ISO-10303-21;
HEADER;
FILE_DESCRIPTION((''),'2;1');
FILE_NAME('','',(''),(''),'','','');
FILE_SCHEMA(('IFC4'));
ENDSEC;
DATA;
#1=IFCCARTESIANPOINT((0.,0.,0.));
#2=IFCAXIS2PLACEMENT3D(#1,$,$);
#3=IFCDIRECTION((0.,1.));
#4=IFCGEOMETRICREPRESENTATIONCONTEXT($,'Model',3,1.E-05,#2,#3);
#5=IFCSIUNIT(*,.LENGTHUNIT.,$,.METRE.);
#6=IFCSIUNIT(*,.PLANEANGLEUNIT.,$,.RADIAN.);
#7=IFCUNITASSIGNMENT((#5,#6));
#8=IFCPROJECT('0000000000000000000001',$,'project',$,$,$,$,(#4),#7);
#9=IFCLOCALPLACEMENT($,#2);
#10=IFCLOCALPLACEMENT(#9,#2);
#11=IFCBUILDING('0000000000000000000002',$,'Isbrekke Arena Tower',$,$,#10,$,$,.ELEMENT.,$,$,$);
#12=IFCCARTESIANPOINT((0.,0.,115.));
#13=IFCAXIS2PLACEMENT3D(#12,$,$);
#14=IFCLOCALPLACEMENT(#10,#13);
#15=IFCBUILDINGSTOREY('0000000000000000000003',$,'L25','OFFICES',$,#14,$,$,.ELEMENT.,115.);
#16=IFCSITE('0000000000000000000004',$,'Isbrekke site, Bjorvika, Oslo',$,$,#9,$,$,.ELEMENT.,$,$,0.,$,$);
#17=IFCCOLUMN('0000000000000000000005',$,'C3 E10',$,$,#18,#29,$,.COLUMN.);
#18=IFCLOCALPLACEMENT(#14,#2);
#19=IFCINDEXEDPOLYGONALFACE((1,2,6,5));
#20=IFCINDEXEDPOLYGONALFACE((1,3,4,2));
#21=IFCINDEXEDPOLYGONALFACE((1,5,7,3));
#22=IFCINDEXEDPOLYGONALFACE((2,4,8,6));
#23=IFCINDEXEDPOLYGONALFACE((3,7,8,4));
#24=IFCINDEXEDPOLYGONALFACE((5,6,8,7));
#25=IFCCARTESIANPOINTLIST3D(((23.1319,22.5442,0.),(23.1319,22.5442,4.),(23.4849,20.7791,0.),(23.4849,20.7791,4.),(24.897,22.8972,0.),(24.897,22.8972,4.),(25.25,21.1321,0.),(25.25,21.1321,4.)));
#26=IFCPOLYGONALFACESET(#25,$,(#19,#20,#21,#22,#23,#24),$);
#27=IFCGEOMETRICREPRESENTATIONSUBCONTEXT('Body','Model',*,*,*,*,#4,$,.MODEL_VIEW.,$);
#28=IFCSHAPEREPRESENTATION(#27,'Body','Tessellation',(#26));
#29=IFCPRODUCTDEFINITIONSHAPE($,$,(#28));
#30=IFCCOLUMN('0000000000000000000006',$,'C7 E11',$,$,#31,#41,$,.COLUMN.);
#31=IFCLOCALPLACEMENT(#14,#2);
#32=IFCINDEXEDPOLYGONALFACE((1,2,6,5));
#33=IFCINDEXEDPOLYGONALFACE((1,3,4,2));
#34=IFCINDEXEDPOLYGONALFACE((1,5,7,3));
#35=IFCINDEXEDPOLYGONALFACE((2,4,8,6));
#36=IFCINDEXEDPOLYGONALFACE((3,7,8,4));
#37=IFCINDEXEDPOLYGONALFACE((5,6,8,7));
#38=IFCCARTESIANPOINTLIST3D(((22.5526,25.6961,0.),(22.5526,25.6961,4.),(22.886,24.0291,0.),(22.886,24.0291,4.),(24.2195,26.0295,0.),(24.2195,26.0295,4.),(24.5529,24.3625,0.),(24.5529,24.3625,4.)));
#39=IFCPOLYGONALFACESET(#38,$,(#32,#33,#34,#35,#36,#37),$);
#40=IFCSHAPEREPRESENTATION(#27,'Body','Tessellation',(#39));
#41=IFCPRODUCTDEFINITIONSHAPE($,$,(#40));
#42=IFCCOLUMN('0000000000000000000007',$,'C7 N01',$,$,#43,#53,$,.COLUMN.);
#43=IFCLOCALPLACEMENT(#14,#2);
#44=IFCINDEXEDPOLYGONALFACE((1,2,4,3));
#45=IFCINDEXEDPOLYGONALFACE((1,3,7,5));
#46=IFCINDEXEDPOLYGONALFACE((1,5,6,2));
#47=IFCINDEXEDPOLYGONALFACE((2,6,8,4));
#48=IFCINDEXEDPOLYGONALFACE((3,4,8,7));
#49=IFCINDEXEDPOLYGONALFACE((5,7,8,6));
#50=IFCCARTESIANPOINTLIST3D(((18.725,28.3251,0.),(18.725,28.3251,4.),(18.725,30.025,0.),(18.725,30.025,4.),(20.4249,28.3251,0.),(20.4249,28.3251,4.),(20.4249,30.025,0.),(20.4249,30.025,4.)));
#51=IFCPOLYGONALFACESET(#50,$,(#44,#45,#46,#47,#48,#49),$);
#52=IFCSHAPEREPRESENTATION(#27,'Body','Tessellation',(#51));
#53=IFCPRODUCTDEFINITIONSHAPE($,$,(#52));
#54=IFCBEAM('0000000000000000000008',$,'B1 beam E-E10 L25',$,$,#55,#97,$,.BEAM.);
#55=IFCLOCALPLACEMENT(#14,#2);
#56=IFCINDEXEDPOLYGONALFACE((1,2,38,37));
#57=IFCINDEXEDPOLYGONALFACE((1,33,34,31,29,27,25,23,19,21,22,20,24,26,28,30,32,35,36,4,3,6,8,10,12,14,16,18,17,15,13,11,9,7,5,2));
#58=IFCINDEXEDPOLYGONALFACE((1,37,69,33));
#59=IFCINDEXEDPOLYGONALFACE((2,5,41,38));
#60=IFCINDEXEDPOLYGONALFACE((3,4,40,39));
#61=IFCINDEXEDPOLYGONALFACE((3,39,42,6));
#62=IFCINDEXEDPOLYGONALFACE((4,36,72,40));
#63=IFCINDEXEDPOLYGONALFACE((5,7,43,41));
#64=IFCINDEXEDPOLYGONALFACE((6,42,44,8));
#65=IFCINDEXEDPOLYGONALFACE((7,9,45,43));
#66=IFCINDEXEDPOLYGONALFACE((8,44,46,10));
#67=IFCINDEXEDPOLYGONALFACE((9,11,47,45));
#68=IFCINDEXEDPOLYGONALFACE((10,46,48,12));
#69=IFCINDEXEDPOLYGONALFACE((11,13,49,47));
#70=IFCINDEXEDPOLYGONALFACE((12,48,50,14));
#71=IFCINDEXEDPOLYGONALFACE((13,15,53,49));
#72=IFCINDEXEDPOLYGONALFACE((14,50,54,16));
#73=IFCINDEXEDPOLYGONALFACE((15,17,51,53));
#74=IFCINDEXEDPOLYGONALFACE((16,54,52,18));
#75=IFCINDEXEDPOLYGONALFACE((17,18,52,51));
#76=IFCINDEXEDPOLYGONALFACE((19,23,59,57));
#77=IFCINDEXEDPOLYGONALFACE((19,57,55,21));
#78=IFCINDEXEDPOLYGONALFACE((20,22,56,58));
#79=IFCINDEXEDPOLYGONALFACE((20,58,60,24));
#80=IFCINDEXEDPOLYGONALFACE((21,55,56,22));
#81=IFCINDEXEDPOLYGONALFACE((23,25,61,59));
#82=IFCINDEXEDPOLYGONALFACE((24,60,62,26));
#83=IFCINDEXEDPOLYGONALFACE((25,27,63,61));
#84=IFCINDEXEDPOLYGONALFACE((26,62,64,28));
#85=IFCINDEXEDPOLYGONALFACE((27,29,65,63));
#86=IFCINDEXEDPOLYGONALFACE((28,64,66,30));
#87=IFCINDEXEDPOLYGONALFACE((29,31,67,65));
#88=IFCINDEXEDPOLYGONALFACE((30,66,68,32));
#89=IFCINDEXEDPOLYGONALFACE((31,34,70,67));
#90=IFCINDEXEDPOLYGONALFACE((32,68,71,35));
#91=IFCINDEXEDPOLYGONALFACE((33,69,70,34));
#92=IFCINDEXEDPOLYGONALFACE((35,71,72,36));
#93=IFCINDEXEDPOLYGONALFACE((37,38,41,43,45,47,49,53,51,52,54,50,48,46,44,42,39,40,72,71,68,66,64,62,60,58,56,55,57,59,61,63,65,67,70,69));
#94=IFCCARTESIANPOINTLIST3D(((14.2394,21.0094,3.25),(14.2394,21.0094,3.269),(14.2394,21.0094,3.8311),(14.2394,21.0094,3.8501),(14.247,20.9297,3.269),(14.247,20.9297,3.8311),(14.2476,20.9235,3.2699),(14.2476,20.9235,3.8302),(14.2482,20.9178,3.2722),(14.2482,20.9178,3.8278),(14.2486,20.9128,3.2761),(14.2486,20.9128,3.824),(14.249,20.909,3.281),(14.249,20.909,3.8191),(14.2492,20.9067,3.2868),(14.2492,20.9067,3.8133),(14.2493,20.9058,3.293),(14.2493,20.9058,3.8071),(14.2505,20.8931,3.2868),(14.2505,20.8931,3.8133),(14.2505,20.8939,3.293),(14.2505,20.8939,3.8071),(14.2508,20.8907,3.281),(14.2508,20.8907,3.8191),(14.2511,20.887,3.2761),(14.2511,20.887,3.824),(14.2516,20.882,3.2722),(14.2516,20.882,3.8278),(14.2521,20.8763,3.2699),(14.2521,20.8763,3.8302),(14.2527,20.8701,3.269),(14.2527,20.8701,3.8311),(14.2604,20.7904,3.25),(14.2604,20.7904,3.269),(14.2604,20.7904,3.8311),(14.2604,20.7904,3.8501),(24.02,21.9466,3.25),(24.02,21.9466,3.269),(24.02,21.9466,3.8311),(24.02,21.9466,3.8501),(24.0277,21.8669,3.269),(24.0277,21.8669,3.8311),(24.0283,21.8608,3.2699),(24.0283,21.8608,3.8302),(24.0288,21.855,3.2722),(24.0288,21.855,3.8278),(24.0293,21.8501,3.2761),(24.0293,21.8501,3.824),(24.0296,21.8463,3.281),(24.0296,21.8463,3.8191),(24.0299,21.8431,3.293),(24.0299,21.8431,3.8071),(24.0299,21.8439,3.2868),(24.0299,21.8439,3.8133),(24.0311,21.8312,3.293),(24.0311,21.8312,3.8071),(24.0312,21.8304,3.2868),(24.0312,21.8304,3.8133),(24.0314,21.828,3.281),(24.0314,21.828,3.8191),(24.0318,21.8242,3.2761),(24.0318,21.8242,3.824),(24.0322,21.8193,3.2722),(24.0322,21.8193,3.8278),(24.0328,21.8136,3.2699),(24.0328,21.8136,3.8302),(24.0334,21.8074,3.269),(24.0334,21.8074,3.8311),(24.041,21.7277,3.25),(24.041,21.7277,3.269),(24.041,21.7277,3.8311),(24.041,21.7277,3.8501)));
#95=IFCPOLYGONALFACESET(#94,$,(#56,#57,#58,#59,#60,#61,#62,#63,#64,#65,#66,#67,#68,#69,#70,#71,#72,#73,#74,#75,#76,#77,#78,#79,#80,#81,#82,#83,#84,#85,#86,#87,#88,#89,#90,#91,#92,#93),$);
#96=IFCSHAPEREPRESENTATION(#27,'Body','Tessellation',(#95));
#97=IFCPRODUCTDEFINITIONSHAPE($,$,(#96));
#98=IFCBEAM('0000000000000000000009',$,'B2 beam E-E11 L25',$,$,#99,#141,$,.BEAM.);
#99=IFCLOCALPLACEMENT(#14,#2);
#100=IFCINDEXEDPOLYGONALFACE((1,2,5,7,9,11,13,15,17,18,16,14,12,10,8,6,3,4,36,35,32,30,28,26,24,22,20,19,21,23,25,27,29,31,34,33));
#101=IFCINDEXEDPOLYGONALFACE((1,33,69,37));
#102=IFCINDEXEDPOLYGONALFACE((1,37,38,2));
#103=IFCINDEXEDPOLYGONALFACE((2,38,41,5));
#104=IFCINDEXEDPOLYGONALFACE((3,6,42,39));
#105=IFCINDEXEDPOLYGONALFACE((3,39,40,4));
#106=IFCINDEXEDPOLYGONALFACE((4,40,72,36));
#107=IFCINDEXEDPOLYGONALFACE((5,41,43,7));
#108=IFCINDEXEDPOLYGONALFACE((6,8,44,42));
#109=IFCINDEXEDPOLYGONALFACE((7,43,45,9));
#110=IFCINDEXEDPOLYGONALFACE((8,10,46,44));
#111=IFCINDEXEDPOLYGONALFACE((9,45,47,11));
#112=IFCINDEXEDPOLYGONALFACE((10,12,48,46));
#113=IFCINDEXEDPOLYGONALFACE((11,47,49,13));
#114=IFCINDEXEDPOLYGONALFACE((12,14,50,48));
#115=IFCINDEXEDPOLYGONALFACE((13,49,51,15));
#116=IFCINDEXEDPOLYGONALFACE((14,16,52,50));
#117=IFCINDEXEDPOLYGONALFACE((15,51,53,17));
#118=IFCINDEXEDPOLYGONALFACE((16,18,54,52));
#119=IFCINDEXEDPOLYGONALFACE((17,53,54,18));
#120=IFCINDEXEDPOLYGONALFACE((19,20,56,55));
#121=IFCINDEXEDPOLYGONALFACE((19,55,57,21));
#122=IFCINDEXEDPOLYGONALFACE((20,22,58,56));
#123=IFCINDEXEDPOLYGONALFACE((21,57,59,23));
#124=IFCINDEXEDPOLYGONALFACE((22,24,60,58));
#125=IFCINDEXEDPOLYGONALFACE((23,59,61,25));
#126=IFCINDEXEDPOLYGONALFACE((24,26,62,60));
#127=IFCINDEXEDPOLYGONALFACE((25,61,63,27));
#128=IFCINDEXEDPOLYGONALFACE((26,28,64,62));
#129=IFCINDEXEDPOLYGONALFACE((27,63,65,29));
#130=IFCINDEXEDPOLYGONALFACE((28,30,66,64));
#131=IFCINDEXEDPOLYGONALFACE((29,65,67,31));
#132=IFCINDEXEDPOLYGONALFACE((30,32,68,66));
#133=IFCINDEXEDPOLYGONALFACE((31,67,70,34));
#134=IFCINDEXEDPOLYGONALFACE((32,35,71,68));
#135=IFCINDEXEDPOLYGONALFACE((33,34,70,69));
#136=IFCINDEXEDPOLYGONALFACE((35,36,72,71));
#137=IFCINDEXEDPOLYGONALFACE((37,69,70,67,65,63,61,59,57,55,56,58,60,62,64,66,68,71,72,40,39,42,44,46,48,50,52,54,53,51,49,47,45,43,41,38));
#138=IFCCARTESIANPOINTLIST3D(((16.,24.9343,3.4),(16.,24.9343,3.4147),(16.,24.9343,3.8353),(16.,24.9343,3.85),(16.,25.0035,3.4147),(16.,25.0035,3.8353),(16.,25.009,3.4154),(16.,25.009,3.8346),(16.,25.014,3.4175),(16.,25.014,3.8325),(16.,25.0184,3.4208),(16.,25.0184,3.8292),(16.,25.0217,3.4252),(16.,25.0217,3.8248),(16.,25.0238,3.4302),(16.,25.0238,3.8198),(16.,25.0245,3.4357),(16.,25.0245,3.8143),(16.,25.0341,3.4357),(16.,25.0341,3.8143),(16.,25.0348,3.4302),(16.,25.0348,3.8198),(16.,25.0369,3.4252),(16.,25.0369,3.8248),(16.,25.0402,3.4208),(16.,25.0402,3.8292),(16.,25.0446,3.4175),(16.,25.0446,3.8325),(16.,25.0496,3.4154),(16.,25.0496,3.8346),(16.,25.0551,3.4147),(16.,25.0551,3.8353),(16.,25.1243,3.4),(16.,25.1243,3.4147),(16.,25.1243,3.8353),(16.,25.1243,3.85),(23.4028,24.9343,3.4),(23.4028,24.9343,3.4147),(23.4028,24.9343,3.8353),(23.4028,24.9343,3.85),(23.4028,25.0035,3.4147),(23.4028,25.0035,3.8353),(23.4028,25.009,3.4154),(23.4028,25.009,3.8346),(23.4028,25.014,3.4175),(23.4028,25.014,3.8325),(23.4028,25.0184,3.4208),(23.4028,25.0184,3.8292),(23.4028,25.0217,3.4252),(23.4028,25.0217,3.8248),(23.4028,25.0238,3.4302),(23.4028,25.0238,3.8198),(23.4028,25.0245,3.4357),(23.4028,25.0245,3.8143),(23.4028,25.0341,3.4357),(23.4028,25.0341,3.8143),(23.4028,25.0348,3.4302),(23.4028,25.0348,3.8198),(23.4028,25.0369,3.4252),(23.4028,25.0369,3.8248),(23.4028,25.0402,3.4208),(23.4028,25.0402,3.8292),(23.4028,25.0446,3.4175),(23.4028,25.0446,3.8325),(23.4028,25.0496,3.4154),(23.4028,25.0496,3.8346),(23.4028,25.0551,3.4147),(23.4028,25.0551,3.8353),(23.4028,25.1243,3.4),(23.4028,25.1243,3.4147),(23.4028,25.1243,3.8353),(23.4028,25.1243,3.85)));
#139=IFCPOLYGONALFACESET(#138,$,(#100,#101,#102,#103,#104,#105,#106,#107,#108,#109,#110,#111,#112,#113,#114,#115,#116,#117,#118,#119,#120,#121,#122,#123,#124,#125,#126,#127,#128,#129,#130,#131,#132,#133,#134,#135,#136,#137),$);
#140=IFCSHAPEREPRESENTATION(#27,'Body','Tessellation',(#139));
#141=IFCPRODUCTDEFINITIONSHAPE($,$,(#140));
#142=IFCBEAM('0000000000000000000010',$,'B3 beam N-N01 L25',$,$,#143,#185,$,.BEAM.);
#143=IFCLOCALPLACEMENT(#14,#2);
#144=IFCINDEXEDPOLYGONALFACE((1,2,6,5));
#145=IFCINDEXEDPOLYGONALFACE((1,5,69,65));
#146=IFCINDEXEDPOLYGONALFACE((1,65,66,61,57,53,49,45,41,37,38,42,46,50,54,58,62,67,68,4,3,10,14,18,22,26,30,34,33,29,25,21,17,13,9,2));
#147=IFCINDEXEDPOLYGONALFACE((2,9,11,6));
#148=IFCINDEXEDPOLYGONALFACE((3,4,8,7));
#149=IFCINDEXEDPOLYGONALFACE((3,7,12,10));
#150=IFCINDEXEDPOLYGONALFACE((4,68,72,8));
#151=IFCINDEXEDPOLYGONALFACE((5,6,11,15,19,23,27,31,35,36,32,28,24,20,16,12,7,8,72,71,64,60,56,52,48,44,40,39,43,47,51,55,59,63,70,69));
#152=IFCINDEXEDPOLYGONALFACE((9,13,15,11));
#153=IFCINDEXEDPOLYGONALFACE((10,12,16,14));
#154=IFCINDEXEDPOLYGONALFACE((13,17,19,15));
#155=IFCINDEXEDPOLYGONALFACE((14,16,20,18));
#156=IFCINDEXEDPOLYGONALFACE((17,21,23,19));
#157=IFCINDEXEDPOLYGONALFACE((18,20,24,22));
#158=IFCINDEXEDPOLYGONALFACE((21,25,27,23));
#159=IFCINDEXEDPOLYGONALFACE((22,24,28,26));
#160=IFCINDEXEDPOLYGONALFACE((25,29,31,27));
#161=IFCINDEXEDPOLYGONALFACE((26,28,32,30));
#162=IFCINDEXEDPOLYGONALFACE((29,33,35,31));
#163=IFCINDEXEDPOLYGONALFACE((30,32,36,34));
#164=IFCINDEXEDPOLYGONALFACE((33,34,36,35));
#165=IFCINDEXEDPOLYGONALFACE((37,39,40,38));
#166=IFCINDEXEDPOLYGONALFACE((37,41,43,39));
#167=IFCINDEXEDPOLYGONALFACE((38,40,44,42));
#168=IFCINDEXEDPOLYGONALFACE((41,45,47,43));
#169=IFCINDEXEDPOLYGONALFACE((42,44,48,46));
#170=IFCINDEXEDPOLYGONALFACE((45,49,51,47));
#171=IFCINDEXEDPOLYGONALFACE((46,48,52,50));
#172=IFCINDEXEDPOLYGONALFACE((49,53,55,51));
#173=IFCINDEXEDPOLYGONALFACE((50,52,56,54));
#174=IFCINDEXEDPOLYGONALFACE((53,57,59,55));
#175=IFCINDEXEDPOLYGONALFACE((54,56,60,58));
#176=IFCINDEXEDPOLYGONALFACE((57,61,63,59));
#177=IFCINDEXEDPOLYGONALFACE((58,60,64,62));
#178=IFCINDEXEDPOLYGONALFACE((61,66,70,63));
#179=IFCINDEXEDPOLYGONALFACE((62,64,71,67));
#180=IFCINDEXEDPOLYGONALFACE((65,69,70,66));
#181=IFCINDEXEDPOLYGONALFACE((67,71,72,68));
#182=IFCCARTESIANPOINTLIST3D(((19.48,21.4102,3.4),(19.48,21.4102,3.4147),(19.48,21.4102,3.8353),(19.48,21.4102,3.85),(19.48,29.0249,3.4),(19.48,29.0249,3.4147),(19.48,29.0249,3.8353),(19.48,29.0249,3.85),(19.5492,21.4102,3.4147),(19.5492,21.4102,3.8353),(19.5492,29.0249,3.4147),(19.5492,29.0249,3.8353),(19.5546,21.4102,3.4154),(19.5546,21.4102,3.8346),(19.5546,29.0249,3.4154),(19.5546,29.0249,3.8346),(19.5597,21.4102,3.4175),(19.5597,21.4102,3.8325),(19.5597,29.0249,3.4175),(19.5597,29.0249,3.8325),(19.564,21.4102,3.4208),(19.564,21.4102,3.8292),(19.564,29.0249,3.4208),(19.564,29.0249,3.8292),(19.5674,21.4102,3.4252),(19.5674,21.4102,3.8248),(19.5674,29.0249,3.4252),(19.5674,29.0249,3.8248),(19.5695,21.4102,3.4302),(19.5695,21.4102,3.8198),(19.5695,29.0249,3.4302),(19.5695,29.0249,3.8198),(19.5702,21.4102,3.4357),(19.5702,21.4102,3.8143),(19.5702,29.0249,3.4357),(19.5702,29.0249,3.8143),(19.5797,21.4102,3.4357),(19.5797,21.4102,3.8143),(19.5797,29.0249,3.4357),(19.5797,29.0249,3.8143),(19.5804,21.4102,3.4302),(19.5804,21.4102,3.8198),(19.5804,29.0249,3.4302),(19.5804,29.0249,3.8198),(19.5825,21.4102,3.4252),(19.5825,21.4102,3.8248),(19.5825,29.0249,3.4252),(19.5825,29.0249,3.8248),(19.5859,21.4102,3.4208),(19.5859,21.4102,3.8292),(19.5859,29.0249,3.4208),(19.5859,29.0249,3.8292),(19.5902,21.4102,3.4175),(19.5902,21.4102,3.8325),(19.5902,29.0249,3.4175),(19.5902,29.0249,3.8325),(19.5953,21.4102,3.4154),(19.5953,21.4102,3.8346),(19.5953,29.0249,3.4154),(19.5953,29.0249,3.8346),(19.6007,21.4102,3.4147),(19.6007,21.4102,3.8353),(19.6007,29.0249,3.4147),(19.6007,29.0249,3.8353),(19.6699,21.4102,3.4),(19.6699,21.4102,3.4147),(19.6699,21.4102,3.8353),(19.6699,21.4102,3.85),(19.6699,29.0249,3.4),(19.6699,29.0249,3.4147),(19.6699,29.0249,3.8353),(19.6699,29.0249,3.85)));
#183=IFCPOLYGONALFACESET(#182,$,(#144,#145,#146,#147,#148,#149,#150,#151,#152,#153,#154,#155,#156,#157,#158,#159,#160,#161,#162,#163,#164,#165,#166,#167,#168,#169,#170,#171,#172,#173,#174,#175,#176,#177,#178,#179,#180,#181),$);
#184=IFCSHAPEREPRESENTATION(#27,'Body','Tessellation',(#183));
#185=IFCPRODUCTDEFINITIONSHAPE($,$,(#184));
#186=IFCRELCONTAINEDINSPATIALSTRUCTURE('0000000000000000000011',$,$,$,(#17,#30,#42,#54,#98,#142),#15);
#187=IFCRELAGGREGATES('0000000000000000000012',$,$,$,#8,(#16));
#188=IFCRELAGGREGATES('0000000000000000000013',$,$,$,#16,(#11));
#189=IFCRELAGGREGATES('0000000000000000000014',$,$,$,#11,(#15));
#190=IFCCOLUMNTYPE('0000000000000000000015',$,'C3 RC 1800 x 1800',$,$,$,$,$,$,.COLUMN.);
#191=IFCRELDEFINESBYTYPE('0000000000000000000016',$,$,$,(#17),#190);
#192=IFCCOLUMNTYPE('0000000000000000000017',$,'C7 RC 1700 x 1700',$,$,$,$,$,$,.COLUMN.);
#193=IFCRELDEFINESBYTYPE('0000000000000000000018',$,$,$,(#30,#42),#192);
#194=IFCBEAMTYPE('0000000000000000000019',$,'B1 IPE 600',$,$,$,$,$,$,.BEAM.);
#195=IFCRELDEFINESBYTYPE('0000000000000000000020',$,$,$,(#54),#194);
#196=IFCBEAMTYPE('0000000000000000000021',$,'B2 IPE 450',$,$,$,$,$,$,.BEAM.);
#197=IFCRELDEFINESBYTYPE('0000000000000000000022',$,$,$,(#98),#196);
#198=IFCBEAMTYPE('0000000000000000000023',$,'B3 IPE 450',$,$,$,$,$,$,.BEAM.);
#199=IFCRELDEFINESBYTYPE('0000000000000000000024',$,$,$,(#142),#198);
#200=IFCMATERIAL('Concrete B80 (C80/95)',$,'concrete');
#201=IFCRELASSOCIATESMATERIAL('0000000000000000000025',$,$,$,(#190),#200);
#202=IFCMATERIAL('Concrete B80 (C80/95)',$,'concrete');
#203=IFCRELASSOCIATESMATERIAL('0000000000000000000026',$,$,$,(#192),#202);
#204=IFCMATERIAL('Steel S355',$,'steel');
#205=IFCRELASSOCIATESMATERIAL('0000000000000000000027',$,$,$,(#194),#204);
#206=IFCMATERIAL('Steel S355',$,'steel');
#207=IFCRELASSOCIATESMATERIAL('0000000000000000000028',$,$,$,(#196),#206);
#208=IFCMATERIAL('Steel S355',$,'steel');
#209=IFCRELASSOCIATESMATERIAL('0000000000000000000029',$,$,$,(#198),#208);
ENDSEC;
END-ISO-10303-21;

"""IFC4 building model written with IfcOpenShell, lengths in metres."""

from ifc_helpers import new_model, si_unit, direction, frame, origin, origin_2d, place, context, subcontext, project, spatial, rectangle, i_section, extrude, material, material_profile, profile_set, type_object, element, save


model = new_model("IFC4")

# Units and contexts
model_context = context("Model", 3, precision=1e-05, world=origin(), true_north=direction((0.0, 1.0)))
body_context = subcontext(model_context, "Body", "Model", "MODEL_VIEW")
ifc_project = project(units=[si_unit("LENGTHUNIT", "METRE"), si_unit("PLANEANGLEUNIT", "RADIAN")], contexts=[model_context])

# Site, building, storey
site_placement = place(None, origin())
site = spatial("IfcSite", under=ifc_project, at=site_placement, Name="Isbrekke site, Bjorvika, Oslo", CompositionType="ELEMENT", RefElevation=0.0)
building_placement = place(site_placement, origin())
building = spatial("IfcBuilding", under=site, at=building_placement, Name="Isbrekke Arena Tower", CompositionType="ELEMENT")
storey_placement = place(building_placement, frame((0.0, 0.0, 115.0)))
storey = spatial("IfcBuildingStorey", under=building, at=storey_placement, Name="L25", Description="OFFICES", CompositionType="ELEMENT", Elevation=115.0)

# Columns
ifc_material_1 = material(Name="Concrete B80 (C80/95)", Category="concrete")
ifc_material_profile_1 = material_profile(ifc_material_1, rectangle(XDim=1.8, YDim=1.8, at=origin_2d()), Name="RC 1800x1800")
ifc_profile_set_1 = profile_set([ifc_material_profile_1], Name="Concrete B80 (C80/95)")
column_type_1 = type_object("IfcColumnType", Name="C3 RC 1800 x 1800", PredefinedType="COLUMN", material=ifc_profile_set_1)
column_placement = place(storey_placement, frame((24.1909, 21.8381, 0.0), z_axis=(0.0, 0.0, 1.0), x_axis=(-0.196116, 0.980581, 0.0)))
element("IfcColumn", 1, at=column_placement, inside=storey, type_object=column_type_1, Name="C3 E10", PredefinedType="COLUMN", context=body_context, shape_type="SweptSolid", body=[
    extrude(rectangle(XDim=1.8, YDim=1.8, at=origin_2d()), origin(), (0.0, 0.0, 1.0), 4.0),
])
ifc_material_2 = material(Name="Concrete B80 (C80/95)", Category="concrete")
ifc_material_profile_2 = material_profile(ifc_material_2, rectangle(XDim=1.7, YDim=1.7, at=origin_2d()), Name="RC 1700x1700")
ifc_profile_set_2 = profile_set([ifc_material_profile_2], Name="Concrete B80 (C80/95)")
column_type_2 = type_object("IfcColumnType", Name="C7 RC 1700 x 1700", PredefinedType="COLUMN", material=ifc_profile_set_2)
for number, where, z_axis, x_axis, name in (
    (2, (23.5527, 25.0293, 0.0), (0.0, 0.0, 1.0), (-0.196116, 0.980581, 0.0), "C7 E11"),
    (3, (19.575, 29.175, 0.0), (0.0, 0.0, 1.0), (-1.0, 0.0, 0.0), "C7 N01"),
):
    element("IfcColumn", number, at=place(storey_placement, frame(where, z_axis=z_axis, x_axis=x_axis)), inside=storey, type_object=column_type_2, Name=name, PredefinedType="COLUMN", context=body_context, shape_type="SweptSolid", body=[
        extrude(rectangle(XDim=1.7, YDim=1.7, at=origin_2d()), origin(), (0.0, 0.0, 1.0), 4.0),
    ])

# Beams
ifc_material_3 = material(Name="Steel S355", Category="steel")
ifc_material_profile_3 = material_profile(ifc_material_3, i_section(OverallWidth=0.22, OverallDepth=0.6001, WebThickness=0.012, FlangeThickness=0.019, FilletRadius=0.0239, at=origin_2d()), Name="IPE 600")
ifc_profile_set_3 = profile_set([ifc_material_profile_3], Name="Steel S355")
beam_type_1 = type_object("IfcBeamType", Name="B1 IPE 600", PredefinedType="BEAM", material=ifc_profile_set_3)
beam_1_placement = place(storey_placement, frame((24.0305, 21.8372, 3.55), z_axis=(-0.99544, -0.095392, 0.0), x_axis=(0.095392, -0.99544, 0.0)))
element("IfcBeam", 4, at=beam_1_placement, inside=storey, type_object=beam_type_1, Name="B1 beam E-E10 L25", PredefinedType="BEAM", context=body_context, shape_type="SweptSolid", body=[
    extrude(i_section(OverallWidth=0.22, OverallDepth=0.6001, WebThickness=0.012, FlangeThickness=0.019, FilletRadius=0.0239, at=origin_2d()), origin(), (0.0, 0.0, 1.0), 9.8254),
])
ifc_material_4 = material(Name="Steel S355", Category="steel")
ifc_material_profile_4 = material_profile(ifc_material_4, i_section(OverallWidth=0.1899, OverallDepth=0.45, WebThickness=0.0095, FlangeThickness=0.0146, FilletRadius=0.021, at=origin_2d()), Name="IPE 450")
ifc_profile_set_4 = profile_set([ifc_material_profile_4], Name="Steel S355")
beam_type_2 = type_object("IfcBeamType", Name="B2 IPE 450", PredefinedType="BEAM", material=ifc_profile_set_4)
beam_2_placement = place(storey_placement, frame((23.4028, 25.0293, 3.625), z_axis=(-1.0, 0.0, 0.0), x_axis=(0.0, -1.0, 0.0)))
element("IfcBeam", 5, at=beam_2_placement, inside=storey, type_object=beam_type_2, Name="B2 beam E-E11 L25", PredefinedType="BEAM", context=body_context, shape_type="SweptSolid", body=[
    extrude(i_section(OverallWidth=0.1899, OverallDepth=0.45, WebThickness=0.0095, FlangeThickness=0.0146, FilletRadius=0.021, at=origin_2d()), origin(), (0.0, 0.0, 1.0), 7.4028),
])
ifc_material_5 = material(Name="Steel S355", Category="steel")
ifc_material_profile_5 = material_profile(ifc_material_5, i_section(OverallWidth=0.1899, OverallDepth=0.45, WebThickness=0.0095, FlangeThickness=0.0146, FilletRadius=0.021, at=origin_2d()), Name="IPE 450")
ifc_profile_set_5 = profile_set([ifc_material_profile_5], Name="Steel S355")
beam_type_3 = type_object("IfcBeamType", Name="B3 IPE 450", PredefinedType="BEAM", material=ifc_profile_set_5)
beam_3_placement = place(storey_placement, frame((19.575, 29.0249, 3.625), z_axis=(0.0, -1.0, 0.0), x_axis=(1.0, 0.0, 0.0)))
element("IfcBeam", 6, at=beam_3_placement, inside=storey, type_object=beam_type_3, Name="B3 beam N-N01 L25", PredefinedType="BEAM", context=body_context, shape_type="SweptSolid", body=[
    extrude(i_section(OverallWidth=0.1899, OverallDepth=0.45, WebThickness=0.0095, FlangeThickness=0.0146, FilletRadius=0.021, at=origin_2d()), origin(), (0.0, 0.0, 1.0), 7.6147),
])

save(model, "model.ifc")
